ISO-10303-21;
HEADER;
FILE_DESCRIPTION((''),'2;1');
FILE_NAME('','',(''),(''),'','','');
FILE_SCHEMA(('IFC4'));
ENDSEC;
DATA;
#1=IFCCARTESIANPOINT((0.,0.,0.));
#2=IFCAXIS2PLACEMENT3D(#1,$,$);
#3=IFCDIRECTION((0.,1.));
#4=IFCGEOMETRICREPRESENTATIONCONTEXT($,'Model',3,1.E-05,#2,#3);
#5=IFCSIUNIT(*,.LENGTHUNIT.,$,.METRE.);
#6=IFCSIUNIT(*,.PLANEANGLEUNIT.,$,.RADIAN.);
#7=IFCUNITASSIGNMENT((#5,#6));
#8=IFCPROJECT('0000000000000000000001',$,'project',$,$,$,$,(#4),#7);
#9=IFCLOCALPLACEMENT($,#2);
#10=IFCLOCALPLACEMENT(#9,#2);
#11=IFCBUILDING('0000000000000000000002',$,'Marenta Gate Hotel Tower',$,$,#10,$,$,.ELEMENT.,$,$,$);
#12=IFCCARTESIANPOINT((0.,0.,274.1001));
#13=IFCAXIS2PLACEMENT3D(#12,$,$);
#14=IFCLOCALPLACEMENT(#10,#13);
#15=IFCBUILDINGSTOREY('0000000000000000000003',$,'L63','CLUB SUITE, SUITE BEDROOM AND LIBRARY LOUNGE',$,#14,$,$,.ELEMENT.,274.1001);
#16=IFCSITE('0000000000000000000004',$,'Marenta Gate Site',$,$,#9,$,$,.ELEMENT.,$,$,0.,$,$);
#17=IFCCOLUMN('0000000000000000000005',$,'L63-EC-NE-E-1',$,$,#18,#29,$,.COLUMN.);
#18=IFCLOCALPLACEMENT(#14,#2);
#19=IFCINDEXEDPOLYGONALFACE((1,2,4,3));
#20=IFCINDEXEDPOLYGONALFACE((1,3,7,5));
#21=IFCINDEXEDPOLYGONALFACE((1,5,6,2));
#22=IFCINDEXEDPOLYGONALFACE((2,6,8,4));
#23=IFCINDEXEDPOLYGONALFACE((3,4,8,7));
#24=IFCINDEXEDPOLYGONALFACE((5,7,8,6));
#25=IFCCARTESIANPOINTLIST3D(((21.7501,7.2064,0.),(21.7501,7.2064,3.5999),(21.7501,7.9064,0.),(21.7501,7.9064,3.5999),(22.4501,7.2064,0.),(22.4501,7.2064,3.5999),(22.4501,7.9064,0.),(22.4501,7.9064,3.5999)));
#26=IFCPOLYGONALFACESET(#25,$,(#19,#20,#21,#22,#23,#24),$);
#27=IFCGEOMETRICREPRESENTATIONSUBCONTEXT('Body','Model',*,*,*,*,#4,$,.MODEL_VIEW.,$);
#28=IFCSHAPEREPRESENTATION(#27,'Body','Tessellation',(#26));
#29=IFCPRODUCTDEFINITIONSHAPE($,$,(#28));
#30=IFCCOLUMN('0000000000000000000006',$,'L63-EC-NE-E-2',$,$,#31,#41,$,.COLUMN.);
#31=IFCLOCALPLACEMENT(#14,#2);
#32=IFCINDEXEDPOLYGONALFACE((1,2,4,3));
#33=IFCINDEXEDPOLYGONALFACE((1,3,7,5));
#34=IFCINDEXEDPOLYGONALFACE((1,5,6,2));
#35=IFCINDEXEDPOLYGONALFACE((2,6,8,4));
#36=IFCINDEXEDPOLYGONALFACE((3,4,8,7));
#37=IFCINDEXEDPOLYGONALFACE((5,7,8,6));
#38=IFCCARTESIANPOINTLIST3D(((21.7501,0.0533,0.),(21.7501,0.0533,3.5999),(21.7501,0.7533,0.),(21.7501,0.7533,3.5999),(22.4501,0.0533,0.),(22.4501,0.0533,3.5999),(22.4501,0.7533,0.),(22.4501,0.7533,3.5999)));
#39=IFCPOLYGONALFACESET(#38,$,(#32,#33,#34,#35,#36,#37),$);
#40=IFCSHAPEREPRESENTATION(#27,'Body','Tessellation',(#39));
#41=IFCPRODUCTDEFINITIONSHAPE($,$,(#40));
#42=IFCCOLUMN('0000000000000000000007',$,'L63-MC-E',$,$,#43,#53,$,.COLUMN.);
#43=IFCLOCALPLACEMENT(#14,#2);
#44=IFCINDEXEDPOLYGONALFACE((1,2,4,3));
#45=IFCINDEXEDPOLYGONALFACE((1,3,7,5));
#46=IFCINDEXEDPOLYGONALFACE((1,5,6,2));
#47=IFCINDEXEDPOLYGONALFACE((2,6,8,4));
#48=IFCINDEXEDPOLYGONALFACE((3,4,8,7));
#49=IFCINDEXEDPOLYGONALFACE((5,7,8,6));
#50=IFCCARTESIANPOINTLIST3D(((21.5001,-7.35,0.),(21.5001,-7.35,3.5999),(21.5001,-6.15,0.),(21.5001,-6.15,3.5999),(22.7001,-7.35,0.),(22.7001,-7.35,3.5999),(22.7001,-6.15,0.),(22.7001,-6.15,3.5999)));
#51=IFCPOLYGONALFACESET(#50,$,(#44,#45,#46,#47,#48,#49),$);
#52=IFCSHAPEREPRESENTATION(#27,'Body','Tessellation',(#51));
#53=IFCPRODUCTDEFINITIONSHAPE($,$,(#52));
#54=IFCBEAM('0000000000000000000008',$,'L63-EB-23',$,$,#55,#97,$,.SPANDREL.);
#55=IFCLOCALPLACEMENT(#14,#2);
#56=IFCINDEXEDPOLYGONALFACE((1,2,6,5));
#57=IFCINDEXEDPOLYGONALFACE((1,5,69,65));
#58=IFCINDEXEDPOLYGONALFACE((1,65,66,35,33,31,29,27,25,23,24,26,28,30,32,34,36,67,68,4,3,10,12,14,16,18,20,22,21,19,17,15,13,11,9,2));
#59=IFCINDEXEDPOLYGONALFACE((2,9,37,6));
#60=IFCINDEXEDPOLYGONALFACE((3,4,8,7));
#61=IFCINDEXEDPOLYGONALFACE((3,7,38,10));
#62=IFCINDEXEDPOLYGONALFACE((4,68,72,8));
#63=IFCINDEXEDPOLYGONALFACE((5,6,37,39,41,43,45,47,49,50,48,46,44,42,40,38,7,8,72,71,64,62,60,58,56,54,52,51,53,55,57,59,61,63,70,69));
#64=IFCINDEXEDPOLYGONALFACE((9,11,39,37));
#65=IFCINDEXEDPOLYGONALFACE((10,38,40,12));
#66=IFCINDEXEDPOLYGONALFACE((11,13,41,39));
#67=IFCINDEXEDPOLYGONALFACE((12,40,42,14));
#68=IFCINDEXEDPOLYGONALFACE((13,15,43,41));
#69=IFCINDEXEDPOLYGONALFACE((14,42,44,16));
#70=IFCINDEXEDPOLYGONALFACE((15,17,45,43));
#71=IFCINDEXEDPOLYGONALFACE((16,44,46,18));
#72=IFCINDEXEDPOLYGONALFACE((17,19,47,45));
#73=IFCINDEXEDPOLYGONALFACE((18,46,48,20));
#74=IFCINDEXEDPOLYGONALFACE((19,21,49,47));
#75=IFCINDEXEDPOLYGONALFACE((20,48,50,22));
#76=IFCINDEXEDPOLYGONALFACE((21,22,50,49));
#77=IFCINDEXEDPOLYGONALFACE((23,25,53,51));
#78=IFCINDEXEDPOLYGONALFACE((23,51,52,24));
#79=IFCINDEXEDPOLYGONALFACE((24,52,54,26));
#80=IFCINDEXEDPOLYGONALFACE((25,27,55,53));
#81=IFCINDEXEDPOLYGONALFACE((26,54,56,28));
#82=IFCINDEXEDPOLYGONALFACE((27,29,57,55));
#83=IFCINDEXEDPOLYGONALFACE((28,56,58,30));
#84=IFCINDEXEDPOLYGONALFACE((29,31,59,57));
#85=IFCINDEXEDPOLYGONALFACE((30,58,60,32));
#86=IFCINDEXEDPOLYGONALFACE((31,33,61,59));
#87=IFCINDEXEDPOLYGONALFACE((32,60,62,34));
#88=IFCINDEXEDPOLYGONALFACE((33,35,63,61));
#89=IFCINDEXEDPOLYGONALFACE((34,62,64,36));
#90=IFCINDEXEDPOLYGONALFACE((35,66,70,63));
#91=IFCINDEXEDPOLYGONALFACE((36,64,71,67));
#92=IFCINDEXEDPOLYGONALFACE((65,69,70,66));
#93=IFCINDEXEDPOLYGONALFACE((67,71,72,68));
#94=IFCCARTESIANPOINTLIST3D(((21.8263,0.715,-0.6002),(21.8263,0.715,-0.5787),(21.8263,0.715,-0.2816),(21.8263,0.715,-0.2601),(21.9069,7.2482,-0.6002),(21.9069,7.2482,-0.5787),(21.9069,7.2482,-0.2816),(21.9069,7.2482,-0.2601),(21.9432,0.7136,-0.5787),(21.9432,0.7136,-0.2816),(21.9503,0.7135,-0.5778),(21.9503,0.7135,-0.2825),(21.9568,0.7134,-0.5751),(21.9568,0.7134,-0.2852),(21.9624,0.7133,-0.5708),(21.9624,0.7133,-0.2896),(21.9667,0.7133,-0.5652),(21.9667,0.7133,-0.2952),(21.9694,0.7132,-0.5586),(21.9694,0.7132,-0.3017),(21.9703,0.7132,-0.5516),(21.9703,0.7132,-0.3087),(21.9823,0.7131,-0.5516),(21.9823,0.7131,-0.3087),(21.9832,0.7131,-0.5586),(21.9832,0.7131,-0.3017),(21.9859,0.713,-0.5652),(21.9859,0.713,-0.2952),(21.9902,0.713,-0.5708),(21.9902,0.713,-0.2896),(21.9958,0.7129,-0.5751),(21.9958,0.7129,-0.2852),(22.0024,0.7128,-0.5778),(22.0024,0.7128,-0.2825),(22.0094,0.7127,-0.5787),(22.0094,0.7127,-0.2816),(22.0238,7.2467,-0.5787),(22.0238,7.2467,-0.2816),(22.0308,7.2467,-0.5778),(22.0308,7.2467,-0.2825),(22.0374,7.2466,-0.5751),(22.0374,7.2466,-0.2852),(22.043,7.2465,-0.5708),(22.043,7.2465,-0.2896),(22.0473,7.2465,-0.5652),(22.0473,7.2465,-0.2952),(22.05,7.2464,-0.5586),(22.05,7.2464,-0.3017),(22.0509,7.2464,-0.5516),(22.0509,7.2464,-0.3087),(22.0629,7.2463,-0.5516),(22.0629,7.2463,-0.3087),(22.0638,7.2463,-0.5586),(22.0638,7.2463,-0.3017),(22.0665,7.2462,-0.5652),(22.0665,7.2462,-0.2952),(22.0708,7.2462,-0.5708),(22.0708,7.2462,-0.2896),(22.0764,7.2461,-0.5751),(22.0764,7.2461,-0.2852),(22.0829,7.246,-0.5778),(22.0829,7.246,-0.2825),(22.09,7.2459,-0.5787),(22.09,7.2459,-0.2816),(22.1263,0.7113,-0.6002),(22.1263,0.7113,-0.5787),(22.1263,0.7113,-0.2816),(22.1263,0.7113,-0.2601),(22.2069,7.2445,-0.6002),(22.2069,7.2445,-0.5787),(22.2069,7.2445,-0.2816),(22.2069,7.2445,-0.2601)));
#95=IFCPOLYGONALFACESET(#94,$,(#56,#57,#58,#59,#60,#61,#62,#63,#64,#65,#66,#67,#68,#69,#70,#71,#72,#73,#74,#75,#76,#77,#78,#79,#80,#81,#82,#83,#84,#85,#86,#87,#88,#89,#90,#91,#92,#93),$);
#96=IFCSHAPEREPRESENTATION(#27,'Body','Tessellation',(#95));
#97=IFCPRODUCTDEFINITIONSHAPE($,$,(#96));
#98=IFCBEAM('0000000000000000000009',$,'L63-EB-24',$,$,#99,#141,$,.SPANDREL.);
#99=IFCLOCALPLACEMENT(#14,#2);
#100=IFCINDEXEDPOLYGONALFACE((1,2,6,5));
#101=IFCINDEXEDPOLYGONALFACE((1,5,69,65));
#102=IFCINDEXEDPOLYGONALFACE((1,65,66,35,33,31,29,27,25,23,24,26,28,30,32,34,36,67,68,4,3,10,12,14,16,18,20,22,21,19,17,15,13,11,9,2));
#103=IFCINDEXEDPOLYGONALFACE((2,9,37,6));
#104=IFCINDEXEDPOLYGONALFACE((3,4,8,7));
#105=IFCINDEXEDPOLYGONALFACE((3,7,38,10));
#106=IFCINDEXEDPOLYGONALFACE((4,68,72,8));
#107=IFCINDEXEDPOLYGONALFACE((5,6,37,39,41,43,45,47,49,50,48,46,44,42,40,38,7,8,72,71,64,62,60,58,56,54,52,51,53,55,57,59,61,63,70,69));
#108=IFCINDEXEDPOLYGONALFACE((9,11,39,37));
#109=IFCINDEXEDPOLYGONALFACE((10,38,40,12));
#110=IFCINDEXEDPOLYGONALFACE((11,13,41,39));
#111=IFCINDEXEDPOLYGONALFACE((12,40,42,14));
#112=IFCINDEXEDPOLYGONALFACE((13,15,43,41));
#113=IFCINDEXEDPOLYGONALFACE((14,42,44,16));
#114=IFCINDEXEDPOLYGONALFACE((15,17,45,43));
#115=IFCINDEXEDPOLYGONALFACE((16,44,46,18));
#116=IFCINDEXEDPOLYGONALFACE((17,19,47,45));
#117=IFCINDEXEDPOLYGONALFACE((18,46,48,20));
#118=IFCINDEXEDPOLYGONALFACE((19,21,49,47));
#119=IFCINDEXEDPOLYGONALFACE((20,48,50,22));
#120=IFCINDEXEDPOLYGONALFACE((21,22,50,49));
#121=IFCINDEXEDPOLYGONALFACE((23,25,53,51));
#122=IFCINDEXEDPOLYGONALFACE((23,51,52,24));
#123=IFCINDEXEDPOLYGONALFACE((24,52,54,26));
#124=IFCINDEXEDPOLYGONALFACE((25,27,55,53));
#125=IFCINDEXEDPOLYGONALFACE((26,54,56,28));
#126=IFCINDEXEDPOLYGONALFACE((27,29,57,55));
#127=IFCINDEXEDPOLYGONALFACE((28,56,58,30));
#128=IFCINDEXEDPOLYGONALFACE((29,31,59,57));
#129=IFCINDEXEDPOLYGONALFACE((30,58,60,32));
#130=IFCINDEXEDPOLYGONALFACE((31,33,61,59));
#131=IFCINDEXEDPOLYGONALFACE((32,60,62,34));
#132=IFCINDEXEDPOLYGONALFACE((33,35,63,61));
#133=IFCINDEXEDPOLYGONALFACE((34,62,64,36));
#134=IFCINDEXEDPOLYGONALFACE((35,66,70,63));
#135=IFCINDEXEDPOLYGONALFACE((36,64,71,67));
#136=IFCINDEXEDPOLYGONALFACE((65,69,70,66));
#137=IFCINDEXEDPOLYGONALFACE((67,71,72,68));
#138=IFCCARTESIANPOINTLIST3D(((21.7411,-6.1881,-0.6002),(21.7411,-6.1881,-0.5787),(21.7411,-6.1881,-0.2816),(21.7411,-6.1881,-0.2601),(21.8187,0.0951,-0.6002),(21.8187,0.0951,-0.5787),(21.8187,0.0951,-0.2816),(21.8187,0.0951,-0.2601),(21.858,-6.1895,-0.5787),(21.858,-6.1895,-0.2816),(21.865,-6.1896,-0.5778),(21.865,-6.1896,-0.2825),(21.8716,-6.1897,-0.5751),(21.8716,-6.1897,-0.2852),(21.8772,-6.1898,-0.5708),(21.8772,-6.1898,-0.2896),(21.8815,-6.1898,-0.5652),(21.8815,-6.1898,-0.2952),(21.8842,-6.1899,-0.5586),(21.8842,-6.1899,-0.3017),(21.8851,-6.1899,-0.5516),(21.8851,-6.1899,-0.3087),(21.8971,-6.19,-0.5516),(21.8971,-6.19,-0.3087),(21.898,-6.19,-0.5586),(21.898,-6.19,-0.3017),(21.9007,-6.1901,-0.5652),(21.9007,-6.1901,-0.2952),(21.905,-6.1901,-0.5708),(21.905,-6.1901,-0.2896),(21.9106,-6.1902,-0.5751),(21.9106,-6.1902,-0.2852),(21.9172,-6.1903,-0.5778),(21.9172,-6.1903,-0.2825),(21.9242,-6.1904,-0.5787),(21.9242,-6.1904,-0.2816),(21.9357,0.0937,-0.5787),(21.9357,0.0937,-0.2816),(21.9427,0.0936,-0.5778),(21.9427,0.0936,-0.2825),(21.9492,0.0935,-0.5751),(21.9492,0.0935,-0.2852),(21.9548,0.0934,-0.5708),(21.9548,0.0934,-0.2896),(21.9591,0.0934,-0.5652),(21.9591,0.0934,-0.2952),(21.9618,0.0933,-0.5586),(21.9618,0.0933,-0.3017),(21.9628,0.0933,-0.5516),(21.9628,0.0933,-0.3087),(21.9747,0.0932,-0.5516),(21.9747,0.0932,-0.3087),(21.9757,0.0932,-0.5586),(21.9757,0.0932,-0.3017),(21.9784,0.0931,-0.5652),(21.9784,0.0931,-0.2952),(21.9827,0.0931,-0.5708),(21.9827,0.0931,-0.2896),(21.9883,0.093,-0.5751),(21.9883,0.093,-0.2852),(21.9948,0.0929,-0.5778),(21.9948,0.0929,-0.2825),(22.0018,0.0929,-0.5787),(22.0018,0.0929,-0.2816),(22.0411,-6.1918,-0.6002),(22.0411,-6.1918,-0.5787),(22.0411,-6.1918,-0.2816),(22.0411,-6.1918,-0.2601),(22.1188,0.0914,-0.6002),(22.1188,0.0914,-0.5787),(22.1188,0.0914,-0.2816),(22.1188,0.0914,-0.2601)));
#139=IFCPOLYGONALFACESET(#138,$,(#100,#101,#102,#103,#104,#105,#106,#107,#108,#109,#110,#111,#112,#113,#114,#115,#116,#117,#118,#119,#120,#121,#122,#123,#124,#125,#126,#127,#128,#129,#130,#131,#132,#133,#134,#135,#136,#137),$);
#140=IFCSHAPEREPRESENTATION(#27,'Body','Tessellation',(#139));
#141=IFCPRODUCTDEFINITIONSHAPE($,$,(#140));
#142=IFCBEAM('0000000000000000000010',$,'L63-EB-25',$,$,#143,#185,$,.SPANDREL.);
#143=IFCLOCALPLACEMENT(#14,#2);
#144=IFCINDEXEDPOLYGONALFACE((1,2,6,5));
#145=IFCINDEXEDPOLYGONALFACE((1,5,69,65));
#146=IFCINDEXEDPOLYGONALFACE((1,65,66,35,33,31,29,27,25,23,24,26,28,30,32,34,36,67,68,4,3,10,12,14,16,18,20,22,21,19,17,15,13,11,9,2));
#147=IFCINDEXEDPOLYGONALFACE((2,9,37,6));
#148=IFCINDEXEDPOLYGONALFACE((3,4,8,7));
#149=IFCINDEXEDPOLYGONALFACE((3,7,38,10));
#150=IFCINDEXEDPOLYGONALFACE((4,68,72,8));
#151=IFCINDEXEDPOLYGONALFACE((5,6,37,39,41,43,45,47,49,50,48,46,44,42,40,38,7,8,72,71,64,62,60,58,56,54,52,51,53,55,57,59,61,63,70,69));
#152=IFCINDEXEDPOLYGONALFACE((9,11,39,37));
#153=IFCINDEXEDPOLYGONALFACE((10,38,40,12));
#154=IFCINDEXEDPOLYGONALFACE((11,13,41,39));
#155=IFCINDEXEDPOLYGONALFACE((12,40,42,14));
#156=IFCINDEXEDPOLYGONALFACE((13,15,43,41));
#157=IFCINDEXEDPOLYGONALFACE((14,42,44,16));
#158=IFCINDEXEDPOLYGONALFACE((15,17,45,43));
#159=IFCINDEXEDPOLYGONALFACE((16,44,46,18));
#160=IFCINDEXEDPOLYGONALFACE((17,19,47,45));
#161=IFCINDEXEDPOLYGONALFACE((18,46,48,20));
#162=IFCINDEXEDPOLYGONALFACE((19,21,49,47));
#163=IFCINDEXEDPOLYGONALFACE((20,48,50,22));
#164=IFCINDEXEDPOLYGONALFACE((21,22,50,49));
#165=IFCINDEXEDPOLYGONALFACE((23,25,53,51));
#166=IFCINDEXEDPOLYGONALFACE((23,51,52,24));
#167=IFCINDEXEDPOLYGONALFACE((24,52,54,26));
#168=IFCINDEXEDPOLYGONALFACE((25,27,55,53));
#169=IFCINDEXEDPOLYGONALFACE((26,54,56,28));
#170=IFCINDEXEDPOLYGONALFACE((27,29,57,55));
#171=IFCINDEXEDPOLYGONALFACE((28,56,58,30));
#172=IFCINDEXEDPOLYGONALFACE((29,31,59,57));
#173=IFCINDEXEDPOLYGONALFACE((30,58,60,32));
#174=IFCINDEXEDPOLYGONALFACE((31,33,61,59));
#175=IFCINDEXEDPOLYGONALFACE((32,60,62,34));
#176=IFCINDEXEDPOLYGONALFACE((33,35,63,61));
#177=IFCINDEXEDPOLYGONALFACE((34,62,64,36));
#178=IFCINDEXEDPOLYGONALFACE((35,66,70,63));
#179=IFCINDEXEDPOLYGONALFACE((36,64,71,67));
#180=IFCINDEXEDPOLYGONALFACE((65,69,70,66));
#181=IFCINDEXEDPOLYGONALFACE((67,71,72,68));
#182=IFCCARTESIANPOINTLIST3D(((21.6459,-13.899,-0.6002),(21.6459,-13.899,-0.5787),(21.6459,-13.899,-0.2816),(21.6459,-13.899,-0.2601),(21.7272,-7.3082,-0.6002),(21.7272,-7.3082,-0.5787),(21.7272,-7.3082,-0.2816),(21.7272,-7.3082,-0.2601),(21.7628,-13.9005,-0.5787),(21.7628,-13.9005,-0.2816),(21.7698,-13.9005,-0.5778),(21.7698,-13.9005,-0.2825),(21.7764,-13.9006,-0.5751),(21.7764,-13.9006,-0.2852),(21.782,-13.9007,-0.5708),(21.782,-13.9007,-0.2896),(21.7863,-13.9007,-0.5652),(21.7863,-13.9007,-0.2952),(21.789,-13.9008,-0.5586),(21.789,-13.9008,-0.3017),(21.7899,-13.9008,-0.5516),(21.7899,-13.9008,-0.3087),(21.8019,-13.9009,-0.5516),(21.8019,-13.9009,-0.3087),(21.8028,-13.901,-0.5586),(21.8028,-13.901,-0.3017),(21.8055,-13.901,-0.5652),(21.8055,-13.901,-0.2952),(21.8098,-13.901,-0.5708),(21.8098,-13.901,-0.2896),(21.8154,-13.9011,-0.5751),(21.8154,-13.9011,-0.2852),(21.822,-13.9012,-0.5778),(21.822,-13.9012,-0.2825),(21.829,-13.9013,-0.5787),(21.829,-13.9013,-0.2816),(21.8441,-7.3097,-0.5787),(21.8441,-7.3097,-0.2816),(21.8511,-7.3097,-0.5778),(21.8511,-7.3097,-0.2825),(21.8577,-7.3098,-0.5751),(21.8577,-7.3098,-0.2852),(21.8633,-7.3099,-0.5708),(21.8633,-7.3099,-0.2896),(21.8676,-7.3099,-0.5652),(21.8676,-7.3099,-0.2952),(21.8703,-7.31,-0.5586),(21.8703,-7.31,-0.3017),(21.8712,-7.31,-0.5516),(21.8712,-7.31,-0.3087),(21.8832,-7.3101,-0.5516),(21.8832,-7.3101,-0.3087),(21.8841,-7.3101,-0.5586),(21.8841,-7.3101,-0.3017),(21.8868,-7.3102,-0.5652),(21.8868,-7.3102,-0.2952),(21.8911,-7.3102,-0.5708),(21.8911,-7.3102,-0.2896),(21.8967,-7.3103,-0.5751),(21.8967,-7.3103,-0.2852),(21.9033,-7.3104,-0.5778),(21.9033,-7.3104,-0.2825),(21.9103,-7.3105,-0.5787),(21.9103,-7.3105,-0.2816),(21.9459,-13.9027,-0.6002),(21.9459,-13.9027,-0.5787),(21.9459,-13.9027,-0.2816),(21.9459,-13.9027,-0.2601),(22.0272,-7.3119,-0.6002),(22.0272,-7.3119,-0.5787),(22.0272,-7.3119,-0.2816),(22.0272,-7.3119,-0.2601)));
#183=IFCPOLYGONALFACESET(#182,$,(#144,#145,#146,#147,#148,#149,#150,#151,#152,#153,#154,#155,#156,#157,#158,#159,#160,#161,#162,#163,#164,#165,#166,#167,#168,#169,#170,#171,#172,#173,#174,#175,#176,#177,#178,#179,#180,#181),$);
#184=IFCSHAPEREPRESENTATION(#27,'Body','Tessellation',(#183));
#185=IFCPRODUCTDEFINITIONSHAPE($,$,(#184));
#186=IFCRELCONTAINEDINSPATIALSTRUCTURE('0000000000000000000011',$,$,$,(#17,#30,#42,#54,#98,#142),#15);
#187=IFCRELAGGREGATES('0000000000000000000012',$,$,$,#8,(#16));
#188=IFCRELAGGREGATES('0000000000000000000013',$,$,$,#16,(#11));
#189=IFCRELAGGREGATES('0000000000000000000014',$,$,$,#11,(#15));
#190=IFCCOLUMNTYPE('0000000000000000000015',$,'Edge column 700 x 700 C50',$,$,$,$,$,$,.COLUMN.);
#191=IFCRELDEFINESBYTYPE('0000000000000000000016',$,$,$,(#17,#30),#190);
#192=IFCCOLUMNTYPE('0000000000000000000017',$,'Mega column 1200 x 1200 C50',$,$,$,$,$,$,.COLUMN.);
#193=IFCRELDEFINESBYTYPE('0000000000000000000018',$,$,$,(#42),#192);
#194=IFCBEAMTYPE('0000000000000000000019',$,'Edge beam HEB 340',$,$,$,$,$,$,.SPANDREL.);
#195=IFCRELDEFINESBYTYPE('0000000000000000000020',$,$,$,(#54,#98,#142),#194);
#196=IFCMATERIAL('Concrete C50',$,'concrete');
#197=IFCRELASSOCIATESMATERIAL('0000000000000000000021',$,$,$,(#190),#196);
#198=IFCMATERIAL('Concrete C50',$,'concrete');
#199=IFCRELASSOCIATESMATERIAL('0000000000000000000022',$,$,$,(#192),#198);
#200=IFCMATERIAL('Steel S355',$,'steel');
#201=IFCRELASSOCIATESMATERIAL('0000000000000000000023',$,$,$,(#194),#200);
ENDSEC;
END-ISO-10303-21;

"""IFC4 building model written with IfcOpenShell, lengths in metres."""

from ifc_helpers import new_model, si_unit, direction, frame, origin, origin_2d, place, context, subcontext, project, spatial, rectangle, i_section, extrude, material, material_profile, profile_set, type_object, element, save


model = new_model("IFC4")

# Units and contexts
model_context = context("Model", 3, precision=1e-05, world=origin(), true_north=direction((0.0, 1.0)))
body_context = subcontext(model_context, "Body", "Model", "MODEL_VIEW")
ifc_project = project(units=[si_unit("LENGTHUNIT", "METRE"), si_unit("PLANEANGLEUNIT", "RADIAN")], contexts=[model_context])

# Site, building, storey
site_placement = place(None, origin())
site = spatial("IfcSite", under=ifc_project, at=site_placement, Name="Marenta Gate Site", CompositionType="ELEMENT", RefElevation=0.0)
building_placement = place(site_placement, origin())
building = spatial("IfcBuilding", under=site, at=building_placement, Name="Marenta Gate Hotel Tower", CompositionType="ELEMENT")
storey_placement = place(building_placement, frame((0.0, 0.0, 274.1001)))
storey = spatial("IfcBuildingStorey", under=building, at=storey_placement, Name="L63", Description="CLUB SUITE, SUITE BEDROOM AND LIBRARY LOUNGE", CompositionType="ELEMENT", Elevation=274.1001)

# Columns
ifc_material_1 = material(Name="Concrete C50", Category="concrete")
ifc_material_profile_1 = material_profile(ifc_material_1, rectangle(XDim=0.7, YDim=0.7, at=origin_2d()), Name="700 x 700")
ifc_profile_set_1 = profile_set([ifc_material_profile_1], Name="Concrete C50")
column_type_1 = type_object("IfcColumnType", Name="Edge column 700 x 700 C50", PredefinedType="COLUMN", material=ifc_profile_set_1)
for number, where, z_axis, x_axis, name in (
    (1, (22.1001, 7.5564, 0.0), (0.0, 0.0, 1.0), (1.0, 0.0, 0.0), "L63-EC-NE-E-1"),
    (2, (22.1001, 0.4033, 0.0), (0.0, 0.0, 1.0), (1.0, 0.0, 0.0), "L63-EC-NE-E-2"),
):
    element("IfcColumn", number, at=place(storey_placement, frame(where, z_axis=z_axis, x_axis=x_axis)), inside=storey, type_object=column_type_1, Name=name, PredefinedType="COLUMN", context=body_context, shape_type="SweptSolid", body=[
        extrude(rectangle(XDim=0.7, YDim=0.7, at=origin_2d()), origin(), (0.0, 0.0, 1.0), 3.5999),
    ])
ifc_material_2 = material(Name="Concrete C50", Category="concrete")
ifc_material_profile_2 = material_profile(ifc_material_2, rectangle(XDim=1.2, YDim=1.2, at=origin_2d()), Name="1200 x 1200")
ifc_profile_set_2 = profile_set([ifc_material_profile_2], Name="Concrete C50")
column_type_2 = type_object("IfcColumnType", Name="Mega column 1200 x 1200 C50", PredefinedType="COLUMN", material=ifc_profile_set_2)
column_placement = place(storey_placement, frame((22.1001, -6.75, 0.0), z_axis=(0.0, 0.0, 1.0), x_axis=(1.0, 0.0, 0.0)))
element("IfcColumn", 3, at=column_placement, inside=storey, type_object=column_type_2, Name="L63-MC-E", PredefinedType="COLUMN", context=body_context, shape_type="SweptSolid", body=[
    extrude(rectangle(XDim=1.2, YDim=1.2, at=origin_2d()), origin(), (0.0, 0.0, 1.0), 3.5999),
])

# Beams
ifc_material_3 = material(Name="Steel S355", Category="steel")
ifc_material_profile_3 = material_profile(ifc_material_3, i_section(OverallWidth=0.3, OverallDepth=0.3401, WebThickness=0.012, FlangeThickness=0.0215, FilletRadius=0.0271, at=origin_2d()), Name="HEB 340")
ifc_profile_set_3 = profile_set([ifc_material_profile_3], Name="Steel S355")
beam_type_1 = type_object("IfcBeamType", Name="Edge beam HEB 340", PredefinedType="SPANDREL", material=ifc_profile_set_3)
beam_1_placement = place(storey_placement, frame((22.0569, 7.2463, -0.4302), z_axis=(-0.012331, -0.999924, 0.0), x_axis=(0.999924, -0.012331, 0.0)))
element("IfcBeam", 4, at=beam_1_placement, inside=storey, type_object=beam_type_1, Name="L63-EB-23", PredefinedType="SPANDREL", context=body_context, shape_type="SweptSolid", body=[
    extrude(i_section(OverallWidth=0.3, OverallDepth=0.3401, WebThickness=0.012, FlangeThickness=0.0215, FilletRadius=0.0271, at=origin_2d()), origin(), (0.0, 0.0, 1.0), 6.5337),
])
beam_2_placement = place(storey_placement, frame((21.9688, 0.0933, -0.4302), z_axis=(-0.012355, -0.999924, 0.0), x_axis=(0.999924, -0.012355, 0.0)))
element("IfcBeam", 5, at=beam_2_placement, inside=storey, type_object=beam_type_1, Name="L63-EB-24", PredefinedType="SPANDREL", context=body_context, shape_type="SweptSolid", body=[
    extrude(i_section(OverallWidth=0.3, OverallDepth=0.3401, WebThickness=0.012, FlangeThickness=0.0215, FilletRadius=0.0271, at=origin_2d()), origin(), (0.0, 0.0, 1.0), 6.2837),
])
beam_3_placement = place(storey_placement, frame((21.8772, -7.3101, -0.4302), z_axis=(-0.012334, -0.999924, 0.0), x_axis=(0.999924, -0.012334, 0.0)))
element("IfcBeam", 6, at=beam_3_placement, inside=storey, type_object=beam_type_1, Name="L63-EB-25", PredefinedType="SPANDREL", context=body_context, shape_type="SweptSolid", body=[
    extrude(i_section(OverallWidth=0.3, OverallDepth=0.3401, WebThickness=0.012, FlangeThickness=0.0215, FilletRadius=0.0271, at=origin_2d()), origin(), (0.0, 0.0, 1.0), 6.5913),
])

save(model, "model.ifc")
